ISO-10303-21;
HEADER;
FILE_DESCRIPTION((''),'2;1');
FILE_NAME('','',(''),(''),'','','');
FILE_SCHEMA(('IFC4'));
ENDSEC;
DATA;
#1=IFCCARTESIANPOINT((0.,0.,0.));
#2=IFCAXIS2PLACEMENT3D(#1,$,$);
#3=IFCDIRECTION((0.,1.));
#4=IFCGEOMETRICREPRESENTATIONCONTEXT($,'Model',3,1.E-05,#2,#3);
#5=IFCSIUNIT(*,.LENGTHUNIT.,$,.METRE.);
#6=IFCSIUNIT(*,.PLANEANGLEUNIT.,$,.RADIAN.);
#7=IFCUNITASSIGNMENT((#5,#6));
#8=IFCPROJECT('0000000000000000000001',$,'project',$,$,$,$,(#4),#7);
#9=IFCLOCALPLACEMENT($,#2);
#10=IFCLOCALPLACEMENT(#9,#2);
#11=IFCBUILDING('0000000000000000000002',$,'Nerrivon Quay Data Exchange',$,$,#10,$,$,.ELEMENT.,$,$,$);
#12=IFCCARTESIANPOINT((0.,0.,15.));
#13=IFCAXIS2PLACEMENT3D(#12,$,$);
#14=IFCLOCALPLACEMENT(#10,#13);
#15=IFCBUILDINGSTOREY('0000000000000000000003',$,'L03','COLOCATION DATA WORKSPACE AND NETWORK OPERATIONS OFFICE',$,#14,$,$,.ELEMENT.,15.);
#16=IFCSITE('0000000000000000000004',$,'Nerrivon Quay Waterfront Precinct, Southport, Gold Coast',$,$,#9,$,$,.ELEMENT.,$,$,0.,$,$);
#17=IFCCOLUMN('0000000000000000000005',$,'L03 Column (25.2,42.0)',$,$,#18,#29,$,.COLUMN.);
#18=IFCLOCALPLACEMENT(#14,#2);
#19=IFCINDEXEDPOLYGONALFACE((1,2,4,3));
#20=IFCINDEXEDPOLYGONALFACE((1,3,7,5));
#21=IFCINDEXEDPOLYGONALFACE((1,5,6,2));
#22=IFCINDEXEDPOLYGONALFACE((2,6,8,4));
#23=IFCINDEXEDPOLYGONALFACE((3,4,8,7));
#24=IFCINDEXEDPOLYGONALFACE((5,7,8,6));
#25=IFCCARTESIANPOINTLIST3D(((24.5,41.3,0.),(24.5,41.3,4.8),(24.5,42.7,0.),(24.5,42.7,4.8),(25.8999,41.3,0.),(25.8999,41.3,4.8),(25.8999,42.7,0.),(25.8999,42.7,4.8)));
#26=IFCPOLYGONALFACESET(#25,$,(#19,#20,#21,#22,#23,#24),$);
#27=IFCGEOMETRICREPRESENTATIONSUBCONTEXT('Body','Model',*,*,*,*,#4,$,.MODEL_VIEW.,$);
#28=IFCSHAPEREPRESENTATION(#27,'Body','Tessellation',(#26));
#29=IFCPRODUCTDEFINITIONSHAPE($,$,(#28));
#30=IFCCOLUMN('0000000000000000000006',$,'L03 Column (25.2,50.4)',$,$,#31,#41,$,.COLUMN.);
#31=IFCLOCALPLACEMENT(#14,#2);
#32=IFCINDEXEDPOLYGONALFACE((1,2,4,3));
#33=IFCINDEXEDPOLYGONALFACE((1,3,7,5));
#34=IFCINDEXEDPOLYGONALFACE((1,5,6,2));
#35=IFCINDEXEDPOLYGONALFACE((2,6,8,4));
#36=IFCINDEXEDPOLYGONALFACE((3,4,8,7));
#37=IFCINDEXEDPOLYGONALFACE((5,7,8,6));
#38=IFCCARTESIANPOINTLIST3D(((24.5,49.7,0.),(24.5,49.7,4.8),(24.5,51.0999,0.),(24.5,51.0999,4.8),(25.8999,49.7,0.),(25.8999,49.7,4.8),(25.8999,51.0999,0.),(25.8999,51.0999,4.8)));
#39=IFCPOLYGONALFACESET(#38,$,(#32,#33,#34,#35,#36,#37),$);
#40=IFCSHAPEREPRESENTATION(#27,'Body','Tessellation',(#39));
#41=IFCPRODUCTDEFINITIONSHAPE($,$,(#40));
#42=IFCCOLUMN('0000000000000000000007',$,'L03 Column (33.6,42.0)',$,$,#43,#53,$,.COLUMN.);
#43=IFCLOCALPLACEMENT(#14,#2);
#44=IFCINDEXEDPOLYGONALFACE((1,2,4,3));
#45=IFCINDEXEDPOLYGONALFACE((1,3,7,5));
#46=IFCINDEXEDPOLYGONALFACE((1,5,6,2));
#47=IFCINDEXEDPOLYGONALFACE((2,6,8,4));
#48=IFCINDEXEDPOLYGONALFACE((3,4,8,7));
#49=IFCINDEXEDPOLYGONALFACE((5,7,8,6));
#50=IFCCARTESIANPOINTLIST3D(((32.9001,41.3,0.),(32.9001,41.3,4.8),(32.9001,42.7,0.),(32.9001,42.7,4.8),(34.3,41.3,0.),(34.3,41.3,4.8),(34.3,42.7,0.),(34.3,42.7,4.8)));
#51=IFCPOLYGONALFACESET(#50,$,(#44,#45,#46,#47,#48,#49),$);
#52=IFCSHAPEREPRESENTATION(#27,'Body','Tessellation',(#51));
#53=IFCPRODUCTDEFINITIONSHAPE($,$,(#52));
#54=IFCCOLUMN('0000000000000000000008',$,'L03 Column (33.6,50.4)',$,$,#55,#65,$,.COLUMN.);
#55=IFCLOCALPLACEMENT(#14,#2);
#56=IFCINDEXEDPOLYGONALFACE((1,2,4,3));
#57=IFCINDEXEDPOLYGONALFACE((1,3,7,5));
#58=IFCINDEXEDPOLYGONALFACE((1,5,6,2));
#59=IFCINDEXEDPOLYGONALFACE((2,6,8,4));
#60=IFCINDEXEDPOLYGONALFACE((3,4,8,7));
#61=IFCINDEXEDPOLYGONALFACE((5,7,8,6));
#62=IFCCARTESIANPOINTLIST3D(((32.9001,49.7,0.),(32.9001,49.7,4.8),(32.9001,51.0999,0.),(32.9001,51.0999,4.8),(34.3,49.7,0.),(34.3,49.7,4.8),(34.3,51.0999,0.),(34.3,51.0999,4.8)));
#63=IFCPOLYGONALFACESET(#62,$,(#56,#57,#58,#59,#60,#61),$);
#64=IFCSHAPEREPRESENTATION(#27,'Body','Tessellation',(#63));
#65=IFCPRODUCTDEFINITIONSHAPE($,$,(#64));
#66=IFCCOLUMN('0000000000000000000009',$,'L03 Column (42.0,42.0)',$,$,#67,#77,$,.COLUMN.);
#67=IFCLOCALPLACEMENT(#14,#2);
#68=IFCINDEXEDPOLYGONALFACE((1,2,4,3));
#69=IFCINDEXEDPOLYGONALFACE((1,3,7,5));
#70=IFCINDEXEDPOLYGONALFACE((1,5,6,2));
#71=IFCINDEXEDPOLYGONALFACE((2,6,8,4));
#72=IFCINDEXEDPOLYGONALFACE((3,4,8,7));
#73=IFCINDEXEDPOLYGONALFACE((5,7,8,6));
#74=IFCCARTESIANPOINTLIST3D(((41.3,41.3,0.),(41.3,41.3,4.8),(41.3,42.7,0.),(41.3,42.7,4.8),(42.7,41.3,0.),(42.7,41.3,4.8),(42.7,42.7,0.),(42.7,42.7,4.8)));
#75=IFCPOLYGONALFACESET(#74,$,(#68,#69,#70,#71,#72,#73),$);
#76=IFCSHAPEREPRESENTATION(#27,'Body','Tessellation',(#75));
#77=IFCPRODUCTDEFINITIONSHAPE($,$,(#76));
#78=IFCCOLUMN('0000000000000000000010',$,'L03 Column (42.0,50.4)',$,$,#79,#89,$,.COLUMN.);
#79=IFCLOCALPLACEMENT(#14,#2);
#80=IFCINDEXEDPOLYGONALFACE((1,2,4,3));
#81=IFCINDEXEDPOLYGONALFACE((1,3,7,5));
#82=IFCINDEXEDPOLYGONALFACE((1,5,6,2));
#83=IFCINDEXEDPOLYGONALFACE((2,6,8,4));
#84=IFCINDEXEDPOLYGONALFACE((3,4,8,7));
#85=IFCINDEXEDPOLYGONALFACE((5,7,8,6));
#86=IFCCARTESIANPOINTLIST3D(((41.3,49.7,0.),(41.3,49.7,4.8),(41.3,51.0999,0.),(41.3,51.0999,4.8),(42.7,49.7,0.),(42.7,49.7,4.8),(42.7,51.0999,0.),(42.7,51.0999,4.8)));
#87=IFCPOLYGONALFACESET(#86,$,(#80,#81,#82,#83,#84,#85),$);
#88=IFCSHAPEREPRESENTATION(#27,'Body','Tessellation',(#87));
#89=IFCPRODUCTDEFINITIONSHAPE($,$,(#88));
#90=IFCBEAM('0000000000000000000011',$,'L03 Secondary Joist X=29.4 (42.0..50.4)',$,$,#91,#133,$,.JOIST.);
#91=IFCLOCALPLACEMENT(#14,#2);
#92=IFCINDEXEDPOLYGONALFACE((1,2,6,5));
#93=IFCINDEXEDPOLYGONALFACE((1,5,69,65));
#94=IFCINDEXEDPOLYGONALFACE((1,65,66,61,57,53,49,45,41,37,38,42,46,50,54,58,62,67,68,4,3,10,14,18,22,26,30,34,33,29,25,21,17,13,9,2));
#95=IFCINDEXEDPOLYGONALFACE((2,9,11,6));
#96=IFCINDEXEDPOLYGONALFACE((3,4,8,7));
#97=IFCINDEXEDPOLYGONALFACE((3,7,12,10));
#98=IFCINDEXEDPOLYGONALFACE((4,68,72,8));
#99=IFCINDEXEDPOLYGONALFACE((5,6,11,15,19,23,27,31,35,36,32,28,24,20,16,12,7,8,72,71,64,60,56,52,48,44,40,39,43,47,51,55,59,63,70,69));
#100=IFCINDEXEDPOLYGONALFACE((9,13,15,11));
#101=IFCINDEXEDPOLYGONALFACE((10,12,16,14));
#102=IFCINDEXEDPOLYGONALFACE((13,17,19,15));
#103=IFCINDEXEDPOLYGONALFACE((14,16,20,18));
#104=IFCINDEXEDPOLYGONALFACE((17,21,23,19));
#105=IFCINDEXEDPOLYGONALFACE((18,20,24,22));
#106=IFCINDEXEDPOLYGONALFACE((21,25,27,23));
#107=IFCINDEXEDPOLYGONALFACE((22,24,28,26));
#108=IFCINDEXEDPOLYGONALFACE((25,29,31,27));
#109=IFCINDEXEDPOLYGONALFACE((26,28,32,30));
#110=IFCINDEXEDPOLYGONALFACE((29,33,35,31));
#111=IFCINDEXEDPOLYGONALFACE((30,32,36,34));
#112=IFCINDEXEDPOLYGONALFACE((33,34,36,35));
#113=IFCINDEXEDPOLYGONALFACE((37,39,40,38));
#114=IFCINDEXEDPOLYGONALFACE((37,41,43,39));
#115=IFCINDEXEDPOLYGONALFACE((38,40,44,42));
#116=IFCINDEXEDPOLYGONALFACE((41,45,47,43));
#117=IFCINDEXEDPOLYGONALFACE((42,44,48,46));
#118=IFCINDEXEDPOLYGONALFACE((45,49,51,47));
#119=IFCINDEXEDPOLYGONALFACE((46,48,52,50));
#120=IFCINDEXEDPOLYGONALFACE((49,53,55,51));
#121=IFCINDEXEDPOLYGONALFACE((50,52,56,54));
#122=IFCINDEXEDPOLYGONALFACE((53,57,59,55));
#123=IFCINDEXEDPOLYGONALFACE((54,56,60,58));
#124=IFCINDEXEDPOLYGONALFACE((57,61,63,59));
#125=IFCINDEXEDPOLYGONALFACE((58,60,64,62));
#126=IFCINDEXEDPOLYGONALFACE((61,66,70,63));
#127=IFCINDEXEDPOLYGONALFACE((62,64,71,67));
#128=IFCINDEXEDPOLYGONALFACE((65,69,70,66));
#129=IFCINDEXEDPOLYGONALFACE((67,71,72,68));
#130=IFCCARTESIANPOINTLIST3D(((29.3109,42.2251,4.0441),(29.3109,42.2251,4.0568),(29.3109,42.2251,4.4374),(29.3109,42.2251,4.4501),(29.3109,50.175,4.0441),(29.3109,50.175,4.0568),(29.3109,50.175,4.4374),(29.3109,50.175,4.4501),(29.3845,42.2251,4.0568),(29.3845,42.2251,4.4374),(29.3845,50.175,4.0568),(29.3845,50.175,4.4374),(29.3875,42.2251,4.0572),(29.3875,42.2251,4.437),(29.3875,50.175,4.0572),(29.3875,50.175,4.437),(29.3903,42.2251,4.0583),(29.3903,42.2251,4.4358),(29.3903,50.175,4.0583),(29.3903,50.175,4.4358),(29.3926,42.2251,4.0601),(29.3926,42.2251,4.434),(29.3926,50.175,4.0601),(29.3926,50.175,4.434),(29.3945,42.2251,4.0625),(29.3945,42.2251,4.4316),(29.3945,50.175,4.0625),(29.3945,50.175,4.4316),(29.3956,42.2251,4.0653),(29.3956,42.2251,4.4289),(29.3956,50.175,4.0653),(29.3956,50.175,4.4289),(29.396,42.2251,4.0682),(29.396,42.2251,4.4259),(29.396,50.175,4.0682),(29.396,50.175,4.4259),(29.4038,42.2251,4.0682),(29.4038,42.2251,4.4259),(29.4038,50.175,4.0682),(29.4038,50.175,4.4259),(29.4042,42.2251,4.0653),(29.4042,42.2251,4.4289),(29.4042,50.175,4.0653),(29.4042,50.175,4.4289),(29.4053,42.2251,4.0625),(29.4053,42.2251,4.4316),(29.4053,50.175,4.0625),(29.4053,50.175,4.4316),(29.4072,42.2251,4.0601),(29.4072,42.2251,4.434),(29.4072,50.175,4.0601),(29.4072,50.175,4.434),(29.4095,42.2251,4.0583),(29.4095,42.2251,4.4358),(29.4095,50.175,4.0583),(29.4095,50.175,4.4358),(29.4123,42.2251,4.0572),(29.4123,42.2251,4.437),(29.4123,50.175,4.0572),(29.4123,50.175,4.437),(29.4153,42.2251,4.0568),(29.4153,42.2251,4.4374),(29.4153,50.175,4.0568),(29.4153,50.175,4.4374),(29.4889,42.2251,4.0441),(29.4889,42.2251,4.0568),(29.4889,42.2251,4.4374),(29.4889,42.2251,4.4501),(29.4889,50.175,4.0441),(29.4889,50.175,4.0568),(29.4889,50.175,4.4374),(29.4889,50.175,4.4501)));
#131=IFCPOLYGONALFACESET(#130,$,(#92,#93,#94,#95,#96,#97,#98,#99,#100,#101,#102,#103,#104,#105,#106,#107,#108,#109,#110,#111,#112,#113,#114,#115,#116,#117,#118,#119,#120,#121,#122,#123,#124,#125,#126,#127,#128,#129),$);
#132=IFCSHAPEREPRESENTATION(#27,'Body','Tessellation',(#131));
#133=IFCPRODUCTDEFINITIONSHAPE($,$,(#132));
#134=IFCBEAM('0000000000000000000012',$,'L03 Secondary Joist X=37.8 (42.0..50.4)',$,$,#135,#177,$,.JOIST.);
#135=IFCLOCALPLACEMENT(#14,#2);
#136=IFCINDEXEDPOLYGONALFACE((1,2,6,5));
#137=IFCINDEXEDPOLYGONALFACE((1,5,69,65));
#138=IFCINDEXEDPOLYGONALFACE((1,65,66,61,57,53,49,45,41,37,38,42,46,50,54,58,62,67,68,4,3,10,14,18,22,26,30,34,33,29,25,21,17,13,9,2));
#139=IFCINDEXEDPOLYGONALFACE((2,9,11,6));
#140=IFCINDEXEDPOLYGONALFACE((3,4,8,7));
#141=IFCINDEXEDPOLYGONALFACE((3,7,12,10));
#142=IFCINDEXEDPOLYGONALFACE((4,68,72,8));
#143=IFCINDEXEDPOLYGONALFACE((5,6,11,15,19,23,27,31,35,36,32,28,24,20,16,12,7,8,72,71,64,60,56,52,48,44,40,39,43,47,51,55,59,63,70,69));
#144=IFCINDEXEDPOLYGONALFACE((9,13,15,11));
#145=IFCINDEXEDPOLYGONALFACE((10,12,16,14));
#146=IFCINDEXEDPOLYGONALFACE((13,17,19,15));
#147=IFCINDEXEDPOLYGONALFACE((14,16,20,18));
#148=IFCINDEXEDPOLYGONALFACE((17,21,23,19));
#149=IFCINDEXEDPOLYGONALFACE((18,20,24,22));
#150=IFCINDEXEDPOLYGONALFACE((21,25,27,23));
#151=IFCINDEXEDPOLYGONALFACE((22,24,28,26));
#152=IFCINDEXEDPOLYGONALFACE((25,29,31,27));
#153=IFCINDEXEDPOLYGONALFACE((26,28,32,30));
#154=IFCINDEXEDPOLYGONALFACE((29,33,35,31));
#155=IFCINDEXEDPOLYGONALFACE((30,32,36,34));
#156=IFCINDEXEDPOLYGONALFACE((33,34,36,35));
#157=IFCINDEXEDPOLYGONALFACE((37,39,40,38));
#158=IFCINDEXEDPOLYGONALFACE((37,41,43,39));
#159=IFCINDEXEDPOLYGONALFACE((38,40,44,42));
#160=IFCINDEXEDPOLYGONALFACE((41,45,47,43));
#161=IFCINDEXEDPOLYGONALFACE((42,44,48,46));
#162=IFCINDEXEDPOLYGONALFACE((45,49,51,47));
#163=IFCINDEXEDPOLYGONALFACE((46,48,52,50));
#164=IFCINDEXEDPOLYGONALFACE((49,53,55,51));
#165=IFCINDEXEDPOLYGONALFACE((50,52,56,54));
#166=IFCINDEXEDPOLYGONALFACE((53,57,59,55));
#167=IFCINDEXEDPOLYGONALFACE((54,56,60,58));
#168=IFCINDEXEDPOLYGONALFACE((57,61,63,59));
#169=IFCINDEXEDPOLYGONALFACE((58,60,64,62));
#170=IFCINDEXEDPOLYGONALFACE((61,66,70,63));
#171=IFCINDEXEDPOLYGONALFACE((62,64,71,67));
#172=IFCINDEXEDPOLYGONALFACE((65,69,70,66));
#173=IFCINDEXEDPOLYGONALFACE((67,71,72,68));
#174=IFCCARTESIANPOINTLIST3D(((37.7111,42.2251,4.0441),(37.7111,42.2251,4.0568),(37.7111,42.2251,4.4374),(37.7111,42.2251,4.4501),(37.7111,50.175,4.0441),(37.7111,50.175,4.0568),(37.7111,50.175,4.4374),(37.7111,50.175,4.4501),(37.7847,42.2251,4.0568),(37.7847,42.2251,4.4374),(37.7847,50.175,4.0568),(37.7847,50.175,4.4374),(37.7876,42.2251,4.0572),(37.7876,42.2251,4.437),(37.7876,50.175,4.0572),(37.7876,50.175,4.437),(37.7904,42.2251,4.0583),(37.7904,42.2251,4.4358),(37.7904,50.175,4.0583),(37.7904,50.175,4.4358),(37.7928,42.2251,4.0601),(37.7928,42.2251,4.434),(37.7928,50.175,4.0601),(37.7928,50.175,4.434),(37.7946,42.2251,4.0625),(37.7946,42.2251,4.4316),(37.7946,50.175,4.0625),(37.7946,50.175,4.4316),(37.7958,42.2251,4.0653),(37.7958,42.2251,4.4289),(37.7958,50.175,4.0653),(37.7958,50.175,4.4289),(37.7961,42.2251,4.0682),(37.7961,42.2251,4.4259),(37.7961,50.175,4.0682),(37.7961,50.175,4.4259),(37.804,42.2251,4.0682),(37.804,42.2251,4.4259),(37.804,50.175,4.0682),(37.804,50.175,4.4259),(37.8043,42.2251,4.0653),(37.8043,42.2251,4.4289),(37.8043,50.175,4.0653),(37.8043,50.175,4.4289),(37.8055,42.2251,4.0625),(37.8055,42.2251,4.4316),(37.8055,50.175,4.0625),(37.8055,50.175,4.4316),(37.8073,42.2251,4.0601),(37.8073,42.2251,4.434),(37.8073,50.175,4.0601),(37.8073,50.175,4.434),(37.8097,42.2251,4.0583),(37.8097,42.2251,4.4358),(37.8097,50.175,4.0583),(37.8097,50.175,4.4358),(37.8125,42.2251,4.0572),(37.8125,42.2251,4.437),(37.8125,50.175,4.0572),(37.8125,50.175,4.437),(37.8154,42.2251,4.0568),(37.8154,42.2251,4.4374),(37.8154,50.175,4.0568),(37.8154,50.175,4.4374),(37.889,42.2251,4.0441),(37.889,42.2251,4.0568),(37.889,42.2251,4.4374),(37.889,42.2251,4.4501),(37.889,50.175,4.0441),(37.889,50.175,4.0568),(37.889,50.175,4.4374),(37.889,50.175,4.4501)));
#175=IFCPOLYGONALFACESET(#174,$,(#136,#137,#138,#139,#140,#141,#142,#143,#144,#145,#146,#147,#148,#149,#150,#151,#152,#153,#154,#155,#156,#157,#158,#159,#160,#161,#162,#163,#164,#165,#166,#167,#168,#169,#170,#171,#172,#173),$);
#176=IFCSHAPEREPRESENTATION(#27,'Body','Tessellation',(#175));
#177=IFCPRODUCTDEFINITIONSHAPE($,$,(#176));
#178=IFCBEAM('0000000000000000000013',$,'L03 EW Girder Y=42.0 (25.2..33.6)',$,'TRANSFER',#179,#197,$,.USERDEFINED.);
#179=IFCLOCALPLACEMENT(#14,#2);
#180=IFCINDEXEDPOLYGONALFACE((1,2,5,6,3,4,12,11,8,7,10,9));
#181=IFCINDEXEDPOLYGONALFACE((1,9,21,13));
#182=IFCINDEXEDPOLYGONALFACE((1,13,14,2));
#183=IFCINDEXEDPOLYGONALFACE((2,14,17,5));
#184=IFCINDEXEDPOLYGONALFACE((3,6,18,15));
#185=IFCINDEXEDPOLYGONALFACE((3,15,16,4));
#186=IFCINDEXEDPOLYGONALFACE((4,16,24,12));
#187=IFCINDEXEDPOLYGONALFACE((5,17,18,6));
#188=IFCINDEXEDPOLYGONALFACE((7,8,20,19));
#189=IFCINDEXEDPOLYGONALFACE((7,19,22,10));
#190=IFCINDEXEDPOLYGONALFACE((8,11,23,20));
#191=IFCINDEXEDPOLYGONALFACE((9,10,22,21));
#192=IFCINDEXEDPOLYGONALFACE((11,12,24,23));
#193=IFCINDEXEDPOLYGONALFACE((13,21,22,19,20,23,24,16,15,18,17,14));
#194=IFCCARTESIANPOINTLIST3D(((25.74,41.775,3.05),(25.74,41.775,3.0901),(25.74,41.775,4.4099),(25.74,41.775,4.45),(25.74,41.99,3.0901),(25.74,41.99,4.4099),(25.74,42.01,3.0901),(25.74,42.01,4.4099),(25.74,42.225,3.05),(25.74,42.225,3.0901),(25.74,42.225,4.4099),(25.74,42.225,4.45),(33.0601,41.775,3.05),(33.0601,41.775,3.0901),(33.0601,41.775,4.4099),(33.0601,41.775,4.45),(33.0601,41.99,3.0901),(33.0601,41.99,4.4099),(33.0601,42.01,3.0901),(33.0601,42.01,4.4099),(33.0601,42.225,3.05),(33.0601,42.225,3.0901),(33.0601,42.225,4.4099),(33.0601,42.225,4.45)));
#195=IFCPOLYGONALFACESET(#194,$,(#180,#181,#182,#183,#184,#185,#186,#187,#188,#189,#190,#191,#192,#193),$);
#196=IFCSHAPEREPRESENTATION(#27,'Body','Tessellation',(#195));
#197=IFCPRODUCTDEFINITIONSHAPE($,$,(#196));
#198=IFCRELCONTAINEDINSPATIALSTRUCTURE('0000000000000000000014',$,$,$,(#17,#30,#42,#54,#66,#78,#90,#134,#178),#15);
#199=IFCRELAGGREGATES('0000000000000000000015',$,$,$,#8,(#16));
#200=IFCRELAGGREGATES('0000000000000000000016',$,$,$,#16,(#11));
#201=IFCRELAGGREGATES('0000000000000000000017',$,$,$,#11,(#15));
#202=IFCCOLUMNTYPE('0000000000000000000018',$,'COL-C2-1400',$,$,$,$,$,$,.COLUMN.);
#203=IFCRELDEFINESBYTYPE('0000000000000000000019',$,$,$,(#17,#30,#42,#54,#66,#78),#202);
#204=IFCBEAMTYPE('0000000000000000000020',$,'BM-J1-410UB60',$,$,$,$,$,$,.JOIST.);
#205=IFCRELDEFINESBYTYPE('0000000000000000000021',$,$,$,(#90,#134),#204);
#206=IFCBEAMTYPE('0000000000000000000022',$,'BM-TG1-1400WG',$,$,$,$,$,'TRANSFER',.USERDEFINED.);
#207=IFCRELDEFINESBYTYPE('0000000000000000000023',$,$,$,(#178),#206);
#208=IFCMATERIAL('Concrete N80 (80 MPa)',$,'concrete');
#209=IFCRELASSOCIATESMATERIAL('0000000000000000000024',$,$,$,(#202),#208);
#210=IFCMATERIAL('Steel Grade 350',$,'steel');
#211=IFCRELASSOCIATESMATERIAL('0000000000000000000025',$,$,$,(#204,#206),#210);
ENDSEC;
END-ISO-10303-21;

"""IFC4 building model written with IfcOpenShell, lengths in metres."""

from ifc_helpers import new_model, si_unit, direction, frame, origin, origin_2d, place, context, subcontext, project, spatial, rectangle, i_section, extrude, material, material_profile, profile_set, type_object, element, save


model = new_model("IFC4")

# Units and contexts
model_context = context("Model", 3, precision=1e-05, world=origin(), true_north=direction((0.0, 1.0)))
body_context = subcontext(model_context, "Body", "Model", "MODEL_VIEW")
ifc_project = project(units=[si_unit("LENGTHUNIT", "METRE"), si_unit("PLANEANGLEUNIT", "RADIAN")], contexts=[model_context])

# Site, building, storey
site_placement = place(None, origin())
site = spatial("IfcSite", under=ifc_project, at=site_placement, Name="Nerrivon Quay Waterfront Precinct, Southport, Gold Coast", CompositionType="ELEMENT", RefElevation=0.0)
building_placement = place(site_placement, origin())
building = spatial("IfcBuilding", under=site, at=building_placement, Name="Nerrivon Quay Data Exchange", CompositionType="ELEMENT")
storey_placement = place(building_placement, frame((0.0, 0.0, 15.0)))
storey = spatial("IfcBuildingStorey", under=building, at=storey_placement, Name="L03", Description="COLOCATION DATA WORKSPACE AND NETWORK OPERATIONS OFFICE", CompositionType="ELEMENT", Elevation=15.0)

# Columns
ifc_material_1 = material(Name="Concrete N80 (80 MPa)", Category="concrete")
ifc_material_profile_1 = material_profile(ifc_material_1, rectangle(XDim=1.3999, YDim=1.3999, at=origin_2d()), Name="RC-COL-1400x1400")
ifc_profile_set_1 = profile_set([ifc_material_profile_1], Name="Concrete N80 (80 MPa)")
column_type = type_object("IfcColumnType", Name="COL-C2-1400", PredefinedType="COLUMN", material=ifc_profile_set_1)
for number, where, z_axis, x_axis, name in (
    (1, (25.2, 42.0, 0.0), (0.0, 0.0, 1.0), (1.0, 0.0, 0.0), "L03 Column (25.2,42.0)"),
    (2, (25.2, 50.3999, 0.0), (0.0, 0.0, 1.0), (1.0, 0.0, 0.0), "L03 Column (25.2,50.4)"),
    (3, (33.6001, 42.0, 0.0), (0.0, 0.0, 1.0), (1.0, 0.0, 0.0), "L03 Column (33.6,42.0)"),
    (4, (33.6001, 50.3999, 0.0), (0.0, 0.0, 1.0), (1.0, 0.0, 0.0), "L03 Column (33.6,50.4)"),
    (5, (42.0, 42.0, 0.0), (0.0, 0.0, 1.0), (1.0, 0.0, 0.0), "L03 Column (42.0,42.0)"),
    (6, (42.0, 50.3999, 0.0), (0.0, 0.0, 1.0), (1.0, 0.0, 0.0), "L03 Column (42.0,50.4)"),
):
    element("IfcColumn", number, at=place(storey_placement, frame(where, z_axis=z_axis, x_axis=x_axis)), inside=storey, type_object=column_type, Name=name, PredefinedType="COLUMN", context=body_context, shape_type="SweptSolid", body=[
        extrude(rectangle(XDim=1.3999, YDim=1.3999, at=origin_2d()), origin(), (0.0, 0.0, 1.0), 4.8),
    ])

# Beams
ifc_material_2 = material(Name="Steel Grade 350", Category="steel")
ifc_material_profile_2 = material_profile(ifc_material_2, i_section(OverallWidth=0.178, OverallDepth=0.406, WebThickness=0.0078, FlangeThickness=0.0127, FilletRadius=0.0115, at=origin_2d()), Name="410UB59.7")
ifc_profile_set_2 = profile_set([ifc_material_profile_2], Name="Steel Grade 350")
beam_type_1 = type_object("IfcBeamType", Name="BM-J1-410UB60", PredefinedType="JOIST", material=ifc_profile_set_2)
for number, where, z_axis, x_axis, name in (
    (7, (29.3999, 42.2251, 4.2471), (0.0, 1.0, 0.0), (-1.0, 0.0, 0.0), "L03 Secondary Joist X=29.4 (42.0..50.4)"),
    (8, (37.8, 42.2251, 4.2471), (0.0, 1.0, 0.0), (-1.0, 0.0, 0.0), "L03 Secondary Joist X=37.8 (42.0..50.4)"),
):
    element("IfcBeam", number, at=place(storey_placement, frame(where, z_axis=z_axis, x_axis=x_axis)), inside=storey, type_object=beam_type_1, Name=name, PredefinedType="JOIST", context=body_context, shape_type="SweptSolid", body=[
        extrude(i_section(OverallWidth=0.178, OverallDepth=0.406, WebThickness=0.0078, FlangeThickness=0.0127, FilletRadius=0.0115, at=origin_2d()), origin(), (0.0, 0.0, 1.0), 7.95),
    ])
ifc_material_profile_3 = material_profile(ifc_material_2, i_section(OverallWidth=0.45, OverallDepth=1.3999, WebThickness=0.02, FlangeThickness=0.04, at=origin_2d()), Name="1400WG455")
ifc_profile_set_3 = profile_set([ifc_material_profile_3], Name="Steel Grade 350")
beam_type_2 = type_object("IfcBeamType", Name="BM-TG1-1400WG", ElementType="TRANSFER", PredefinedType="USERDEFINED", material=ifc_profile_set_3)
for number, where, z_axis, x_axis, name in (
    (9, (25.74, 42.0, 3.75), (1.0, 0.0, 0.0), (0.0, 1.0, 0.0), "L03 EW Girder Y=42.0 (25.2..33.6)"),
):
    element("IfcBeam", number, at=place(storey_placement, frame(where, z_axis=z_axis, x_axis=x_axis)), inside=storey, type_object=beam_type_2, Name=name, ObjectType="TRANSFER", PredefinedType="USERDEFINED", context=body_context, shape_type="SweptSolid", body=[
        extrude(i_section(OverallWidth=0.45, OverallDepth=1.3999, WebThickness=0.02, FlangeThickness=0.04, at=origin_2d()), origin(), (0.0, 0.0, 1.0), 7.3201),
    ])

save(model, "model.ifc")
